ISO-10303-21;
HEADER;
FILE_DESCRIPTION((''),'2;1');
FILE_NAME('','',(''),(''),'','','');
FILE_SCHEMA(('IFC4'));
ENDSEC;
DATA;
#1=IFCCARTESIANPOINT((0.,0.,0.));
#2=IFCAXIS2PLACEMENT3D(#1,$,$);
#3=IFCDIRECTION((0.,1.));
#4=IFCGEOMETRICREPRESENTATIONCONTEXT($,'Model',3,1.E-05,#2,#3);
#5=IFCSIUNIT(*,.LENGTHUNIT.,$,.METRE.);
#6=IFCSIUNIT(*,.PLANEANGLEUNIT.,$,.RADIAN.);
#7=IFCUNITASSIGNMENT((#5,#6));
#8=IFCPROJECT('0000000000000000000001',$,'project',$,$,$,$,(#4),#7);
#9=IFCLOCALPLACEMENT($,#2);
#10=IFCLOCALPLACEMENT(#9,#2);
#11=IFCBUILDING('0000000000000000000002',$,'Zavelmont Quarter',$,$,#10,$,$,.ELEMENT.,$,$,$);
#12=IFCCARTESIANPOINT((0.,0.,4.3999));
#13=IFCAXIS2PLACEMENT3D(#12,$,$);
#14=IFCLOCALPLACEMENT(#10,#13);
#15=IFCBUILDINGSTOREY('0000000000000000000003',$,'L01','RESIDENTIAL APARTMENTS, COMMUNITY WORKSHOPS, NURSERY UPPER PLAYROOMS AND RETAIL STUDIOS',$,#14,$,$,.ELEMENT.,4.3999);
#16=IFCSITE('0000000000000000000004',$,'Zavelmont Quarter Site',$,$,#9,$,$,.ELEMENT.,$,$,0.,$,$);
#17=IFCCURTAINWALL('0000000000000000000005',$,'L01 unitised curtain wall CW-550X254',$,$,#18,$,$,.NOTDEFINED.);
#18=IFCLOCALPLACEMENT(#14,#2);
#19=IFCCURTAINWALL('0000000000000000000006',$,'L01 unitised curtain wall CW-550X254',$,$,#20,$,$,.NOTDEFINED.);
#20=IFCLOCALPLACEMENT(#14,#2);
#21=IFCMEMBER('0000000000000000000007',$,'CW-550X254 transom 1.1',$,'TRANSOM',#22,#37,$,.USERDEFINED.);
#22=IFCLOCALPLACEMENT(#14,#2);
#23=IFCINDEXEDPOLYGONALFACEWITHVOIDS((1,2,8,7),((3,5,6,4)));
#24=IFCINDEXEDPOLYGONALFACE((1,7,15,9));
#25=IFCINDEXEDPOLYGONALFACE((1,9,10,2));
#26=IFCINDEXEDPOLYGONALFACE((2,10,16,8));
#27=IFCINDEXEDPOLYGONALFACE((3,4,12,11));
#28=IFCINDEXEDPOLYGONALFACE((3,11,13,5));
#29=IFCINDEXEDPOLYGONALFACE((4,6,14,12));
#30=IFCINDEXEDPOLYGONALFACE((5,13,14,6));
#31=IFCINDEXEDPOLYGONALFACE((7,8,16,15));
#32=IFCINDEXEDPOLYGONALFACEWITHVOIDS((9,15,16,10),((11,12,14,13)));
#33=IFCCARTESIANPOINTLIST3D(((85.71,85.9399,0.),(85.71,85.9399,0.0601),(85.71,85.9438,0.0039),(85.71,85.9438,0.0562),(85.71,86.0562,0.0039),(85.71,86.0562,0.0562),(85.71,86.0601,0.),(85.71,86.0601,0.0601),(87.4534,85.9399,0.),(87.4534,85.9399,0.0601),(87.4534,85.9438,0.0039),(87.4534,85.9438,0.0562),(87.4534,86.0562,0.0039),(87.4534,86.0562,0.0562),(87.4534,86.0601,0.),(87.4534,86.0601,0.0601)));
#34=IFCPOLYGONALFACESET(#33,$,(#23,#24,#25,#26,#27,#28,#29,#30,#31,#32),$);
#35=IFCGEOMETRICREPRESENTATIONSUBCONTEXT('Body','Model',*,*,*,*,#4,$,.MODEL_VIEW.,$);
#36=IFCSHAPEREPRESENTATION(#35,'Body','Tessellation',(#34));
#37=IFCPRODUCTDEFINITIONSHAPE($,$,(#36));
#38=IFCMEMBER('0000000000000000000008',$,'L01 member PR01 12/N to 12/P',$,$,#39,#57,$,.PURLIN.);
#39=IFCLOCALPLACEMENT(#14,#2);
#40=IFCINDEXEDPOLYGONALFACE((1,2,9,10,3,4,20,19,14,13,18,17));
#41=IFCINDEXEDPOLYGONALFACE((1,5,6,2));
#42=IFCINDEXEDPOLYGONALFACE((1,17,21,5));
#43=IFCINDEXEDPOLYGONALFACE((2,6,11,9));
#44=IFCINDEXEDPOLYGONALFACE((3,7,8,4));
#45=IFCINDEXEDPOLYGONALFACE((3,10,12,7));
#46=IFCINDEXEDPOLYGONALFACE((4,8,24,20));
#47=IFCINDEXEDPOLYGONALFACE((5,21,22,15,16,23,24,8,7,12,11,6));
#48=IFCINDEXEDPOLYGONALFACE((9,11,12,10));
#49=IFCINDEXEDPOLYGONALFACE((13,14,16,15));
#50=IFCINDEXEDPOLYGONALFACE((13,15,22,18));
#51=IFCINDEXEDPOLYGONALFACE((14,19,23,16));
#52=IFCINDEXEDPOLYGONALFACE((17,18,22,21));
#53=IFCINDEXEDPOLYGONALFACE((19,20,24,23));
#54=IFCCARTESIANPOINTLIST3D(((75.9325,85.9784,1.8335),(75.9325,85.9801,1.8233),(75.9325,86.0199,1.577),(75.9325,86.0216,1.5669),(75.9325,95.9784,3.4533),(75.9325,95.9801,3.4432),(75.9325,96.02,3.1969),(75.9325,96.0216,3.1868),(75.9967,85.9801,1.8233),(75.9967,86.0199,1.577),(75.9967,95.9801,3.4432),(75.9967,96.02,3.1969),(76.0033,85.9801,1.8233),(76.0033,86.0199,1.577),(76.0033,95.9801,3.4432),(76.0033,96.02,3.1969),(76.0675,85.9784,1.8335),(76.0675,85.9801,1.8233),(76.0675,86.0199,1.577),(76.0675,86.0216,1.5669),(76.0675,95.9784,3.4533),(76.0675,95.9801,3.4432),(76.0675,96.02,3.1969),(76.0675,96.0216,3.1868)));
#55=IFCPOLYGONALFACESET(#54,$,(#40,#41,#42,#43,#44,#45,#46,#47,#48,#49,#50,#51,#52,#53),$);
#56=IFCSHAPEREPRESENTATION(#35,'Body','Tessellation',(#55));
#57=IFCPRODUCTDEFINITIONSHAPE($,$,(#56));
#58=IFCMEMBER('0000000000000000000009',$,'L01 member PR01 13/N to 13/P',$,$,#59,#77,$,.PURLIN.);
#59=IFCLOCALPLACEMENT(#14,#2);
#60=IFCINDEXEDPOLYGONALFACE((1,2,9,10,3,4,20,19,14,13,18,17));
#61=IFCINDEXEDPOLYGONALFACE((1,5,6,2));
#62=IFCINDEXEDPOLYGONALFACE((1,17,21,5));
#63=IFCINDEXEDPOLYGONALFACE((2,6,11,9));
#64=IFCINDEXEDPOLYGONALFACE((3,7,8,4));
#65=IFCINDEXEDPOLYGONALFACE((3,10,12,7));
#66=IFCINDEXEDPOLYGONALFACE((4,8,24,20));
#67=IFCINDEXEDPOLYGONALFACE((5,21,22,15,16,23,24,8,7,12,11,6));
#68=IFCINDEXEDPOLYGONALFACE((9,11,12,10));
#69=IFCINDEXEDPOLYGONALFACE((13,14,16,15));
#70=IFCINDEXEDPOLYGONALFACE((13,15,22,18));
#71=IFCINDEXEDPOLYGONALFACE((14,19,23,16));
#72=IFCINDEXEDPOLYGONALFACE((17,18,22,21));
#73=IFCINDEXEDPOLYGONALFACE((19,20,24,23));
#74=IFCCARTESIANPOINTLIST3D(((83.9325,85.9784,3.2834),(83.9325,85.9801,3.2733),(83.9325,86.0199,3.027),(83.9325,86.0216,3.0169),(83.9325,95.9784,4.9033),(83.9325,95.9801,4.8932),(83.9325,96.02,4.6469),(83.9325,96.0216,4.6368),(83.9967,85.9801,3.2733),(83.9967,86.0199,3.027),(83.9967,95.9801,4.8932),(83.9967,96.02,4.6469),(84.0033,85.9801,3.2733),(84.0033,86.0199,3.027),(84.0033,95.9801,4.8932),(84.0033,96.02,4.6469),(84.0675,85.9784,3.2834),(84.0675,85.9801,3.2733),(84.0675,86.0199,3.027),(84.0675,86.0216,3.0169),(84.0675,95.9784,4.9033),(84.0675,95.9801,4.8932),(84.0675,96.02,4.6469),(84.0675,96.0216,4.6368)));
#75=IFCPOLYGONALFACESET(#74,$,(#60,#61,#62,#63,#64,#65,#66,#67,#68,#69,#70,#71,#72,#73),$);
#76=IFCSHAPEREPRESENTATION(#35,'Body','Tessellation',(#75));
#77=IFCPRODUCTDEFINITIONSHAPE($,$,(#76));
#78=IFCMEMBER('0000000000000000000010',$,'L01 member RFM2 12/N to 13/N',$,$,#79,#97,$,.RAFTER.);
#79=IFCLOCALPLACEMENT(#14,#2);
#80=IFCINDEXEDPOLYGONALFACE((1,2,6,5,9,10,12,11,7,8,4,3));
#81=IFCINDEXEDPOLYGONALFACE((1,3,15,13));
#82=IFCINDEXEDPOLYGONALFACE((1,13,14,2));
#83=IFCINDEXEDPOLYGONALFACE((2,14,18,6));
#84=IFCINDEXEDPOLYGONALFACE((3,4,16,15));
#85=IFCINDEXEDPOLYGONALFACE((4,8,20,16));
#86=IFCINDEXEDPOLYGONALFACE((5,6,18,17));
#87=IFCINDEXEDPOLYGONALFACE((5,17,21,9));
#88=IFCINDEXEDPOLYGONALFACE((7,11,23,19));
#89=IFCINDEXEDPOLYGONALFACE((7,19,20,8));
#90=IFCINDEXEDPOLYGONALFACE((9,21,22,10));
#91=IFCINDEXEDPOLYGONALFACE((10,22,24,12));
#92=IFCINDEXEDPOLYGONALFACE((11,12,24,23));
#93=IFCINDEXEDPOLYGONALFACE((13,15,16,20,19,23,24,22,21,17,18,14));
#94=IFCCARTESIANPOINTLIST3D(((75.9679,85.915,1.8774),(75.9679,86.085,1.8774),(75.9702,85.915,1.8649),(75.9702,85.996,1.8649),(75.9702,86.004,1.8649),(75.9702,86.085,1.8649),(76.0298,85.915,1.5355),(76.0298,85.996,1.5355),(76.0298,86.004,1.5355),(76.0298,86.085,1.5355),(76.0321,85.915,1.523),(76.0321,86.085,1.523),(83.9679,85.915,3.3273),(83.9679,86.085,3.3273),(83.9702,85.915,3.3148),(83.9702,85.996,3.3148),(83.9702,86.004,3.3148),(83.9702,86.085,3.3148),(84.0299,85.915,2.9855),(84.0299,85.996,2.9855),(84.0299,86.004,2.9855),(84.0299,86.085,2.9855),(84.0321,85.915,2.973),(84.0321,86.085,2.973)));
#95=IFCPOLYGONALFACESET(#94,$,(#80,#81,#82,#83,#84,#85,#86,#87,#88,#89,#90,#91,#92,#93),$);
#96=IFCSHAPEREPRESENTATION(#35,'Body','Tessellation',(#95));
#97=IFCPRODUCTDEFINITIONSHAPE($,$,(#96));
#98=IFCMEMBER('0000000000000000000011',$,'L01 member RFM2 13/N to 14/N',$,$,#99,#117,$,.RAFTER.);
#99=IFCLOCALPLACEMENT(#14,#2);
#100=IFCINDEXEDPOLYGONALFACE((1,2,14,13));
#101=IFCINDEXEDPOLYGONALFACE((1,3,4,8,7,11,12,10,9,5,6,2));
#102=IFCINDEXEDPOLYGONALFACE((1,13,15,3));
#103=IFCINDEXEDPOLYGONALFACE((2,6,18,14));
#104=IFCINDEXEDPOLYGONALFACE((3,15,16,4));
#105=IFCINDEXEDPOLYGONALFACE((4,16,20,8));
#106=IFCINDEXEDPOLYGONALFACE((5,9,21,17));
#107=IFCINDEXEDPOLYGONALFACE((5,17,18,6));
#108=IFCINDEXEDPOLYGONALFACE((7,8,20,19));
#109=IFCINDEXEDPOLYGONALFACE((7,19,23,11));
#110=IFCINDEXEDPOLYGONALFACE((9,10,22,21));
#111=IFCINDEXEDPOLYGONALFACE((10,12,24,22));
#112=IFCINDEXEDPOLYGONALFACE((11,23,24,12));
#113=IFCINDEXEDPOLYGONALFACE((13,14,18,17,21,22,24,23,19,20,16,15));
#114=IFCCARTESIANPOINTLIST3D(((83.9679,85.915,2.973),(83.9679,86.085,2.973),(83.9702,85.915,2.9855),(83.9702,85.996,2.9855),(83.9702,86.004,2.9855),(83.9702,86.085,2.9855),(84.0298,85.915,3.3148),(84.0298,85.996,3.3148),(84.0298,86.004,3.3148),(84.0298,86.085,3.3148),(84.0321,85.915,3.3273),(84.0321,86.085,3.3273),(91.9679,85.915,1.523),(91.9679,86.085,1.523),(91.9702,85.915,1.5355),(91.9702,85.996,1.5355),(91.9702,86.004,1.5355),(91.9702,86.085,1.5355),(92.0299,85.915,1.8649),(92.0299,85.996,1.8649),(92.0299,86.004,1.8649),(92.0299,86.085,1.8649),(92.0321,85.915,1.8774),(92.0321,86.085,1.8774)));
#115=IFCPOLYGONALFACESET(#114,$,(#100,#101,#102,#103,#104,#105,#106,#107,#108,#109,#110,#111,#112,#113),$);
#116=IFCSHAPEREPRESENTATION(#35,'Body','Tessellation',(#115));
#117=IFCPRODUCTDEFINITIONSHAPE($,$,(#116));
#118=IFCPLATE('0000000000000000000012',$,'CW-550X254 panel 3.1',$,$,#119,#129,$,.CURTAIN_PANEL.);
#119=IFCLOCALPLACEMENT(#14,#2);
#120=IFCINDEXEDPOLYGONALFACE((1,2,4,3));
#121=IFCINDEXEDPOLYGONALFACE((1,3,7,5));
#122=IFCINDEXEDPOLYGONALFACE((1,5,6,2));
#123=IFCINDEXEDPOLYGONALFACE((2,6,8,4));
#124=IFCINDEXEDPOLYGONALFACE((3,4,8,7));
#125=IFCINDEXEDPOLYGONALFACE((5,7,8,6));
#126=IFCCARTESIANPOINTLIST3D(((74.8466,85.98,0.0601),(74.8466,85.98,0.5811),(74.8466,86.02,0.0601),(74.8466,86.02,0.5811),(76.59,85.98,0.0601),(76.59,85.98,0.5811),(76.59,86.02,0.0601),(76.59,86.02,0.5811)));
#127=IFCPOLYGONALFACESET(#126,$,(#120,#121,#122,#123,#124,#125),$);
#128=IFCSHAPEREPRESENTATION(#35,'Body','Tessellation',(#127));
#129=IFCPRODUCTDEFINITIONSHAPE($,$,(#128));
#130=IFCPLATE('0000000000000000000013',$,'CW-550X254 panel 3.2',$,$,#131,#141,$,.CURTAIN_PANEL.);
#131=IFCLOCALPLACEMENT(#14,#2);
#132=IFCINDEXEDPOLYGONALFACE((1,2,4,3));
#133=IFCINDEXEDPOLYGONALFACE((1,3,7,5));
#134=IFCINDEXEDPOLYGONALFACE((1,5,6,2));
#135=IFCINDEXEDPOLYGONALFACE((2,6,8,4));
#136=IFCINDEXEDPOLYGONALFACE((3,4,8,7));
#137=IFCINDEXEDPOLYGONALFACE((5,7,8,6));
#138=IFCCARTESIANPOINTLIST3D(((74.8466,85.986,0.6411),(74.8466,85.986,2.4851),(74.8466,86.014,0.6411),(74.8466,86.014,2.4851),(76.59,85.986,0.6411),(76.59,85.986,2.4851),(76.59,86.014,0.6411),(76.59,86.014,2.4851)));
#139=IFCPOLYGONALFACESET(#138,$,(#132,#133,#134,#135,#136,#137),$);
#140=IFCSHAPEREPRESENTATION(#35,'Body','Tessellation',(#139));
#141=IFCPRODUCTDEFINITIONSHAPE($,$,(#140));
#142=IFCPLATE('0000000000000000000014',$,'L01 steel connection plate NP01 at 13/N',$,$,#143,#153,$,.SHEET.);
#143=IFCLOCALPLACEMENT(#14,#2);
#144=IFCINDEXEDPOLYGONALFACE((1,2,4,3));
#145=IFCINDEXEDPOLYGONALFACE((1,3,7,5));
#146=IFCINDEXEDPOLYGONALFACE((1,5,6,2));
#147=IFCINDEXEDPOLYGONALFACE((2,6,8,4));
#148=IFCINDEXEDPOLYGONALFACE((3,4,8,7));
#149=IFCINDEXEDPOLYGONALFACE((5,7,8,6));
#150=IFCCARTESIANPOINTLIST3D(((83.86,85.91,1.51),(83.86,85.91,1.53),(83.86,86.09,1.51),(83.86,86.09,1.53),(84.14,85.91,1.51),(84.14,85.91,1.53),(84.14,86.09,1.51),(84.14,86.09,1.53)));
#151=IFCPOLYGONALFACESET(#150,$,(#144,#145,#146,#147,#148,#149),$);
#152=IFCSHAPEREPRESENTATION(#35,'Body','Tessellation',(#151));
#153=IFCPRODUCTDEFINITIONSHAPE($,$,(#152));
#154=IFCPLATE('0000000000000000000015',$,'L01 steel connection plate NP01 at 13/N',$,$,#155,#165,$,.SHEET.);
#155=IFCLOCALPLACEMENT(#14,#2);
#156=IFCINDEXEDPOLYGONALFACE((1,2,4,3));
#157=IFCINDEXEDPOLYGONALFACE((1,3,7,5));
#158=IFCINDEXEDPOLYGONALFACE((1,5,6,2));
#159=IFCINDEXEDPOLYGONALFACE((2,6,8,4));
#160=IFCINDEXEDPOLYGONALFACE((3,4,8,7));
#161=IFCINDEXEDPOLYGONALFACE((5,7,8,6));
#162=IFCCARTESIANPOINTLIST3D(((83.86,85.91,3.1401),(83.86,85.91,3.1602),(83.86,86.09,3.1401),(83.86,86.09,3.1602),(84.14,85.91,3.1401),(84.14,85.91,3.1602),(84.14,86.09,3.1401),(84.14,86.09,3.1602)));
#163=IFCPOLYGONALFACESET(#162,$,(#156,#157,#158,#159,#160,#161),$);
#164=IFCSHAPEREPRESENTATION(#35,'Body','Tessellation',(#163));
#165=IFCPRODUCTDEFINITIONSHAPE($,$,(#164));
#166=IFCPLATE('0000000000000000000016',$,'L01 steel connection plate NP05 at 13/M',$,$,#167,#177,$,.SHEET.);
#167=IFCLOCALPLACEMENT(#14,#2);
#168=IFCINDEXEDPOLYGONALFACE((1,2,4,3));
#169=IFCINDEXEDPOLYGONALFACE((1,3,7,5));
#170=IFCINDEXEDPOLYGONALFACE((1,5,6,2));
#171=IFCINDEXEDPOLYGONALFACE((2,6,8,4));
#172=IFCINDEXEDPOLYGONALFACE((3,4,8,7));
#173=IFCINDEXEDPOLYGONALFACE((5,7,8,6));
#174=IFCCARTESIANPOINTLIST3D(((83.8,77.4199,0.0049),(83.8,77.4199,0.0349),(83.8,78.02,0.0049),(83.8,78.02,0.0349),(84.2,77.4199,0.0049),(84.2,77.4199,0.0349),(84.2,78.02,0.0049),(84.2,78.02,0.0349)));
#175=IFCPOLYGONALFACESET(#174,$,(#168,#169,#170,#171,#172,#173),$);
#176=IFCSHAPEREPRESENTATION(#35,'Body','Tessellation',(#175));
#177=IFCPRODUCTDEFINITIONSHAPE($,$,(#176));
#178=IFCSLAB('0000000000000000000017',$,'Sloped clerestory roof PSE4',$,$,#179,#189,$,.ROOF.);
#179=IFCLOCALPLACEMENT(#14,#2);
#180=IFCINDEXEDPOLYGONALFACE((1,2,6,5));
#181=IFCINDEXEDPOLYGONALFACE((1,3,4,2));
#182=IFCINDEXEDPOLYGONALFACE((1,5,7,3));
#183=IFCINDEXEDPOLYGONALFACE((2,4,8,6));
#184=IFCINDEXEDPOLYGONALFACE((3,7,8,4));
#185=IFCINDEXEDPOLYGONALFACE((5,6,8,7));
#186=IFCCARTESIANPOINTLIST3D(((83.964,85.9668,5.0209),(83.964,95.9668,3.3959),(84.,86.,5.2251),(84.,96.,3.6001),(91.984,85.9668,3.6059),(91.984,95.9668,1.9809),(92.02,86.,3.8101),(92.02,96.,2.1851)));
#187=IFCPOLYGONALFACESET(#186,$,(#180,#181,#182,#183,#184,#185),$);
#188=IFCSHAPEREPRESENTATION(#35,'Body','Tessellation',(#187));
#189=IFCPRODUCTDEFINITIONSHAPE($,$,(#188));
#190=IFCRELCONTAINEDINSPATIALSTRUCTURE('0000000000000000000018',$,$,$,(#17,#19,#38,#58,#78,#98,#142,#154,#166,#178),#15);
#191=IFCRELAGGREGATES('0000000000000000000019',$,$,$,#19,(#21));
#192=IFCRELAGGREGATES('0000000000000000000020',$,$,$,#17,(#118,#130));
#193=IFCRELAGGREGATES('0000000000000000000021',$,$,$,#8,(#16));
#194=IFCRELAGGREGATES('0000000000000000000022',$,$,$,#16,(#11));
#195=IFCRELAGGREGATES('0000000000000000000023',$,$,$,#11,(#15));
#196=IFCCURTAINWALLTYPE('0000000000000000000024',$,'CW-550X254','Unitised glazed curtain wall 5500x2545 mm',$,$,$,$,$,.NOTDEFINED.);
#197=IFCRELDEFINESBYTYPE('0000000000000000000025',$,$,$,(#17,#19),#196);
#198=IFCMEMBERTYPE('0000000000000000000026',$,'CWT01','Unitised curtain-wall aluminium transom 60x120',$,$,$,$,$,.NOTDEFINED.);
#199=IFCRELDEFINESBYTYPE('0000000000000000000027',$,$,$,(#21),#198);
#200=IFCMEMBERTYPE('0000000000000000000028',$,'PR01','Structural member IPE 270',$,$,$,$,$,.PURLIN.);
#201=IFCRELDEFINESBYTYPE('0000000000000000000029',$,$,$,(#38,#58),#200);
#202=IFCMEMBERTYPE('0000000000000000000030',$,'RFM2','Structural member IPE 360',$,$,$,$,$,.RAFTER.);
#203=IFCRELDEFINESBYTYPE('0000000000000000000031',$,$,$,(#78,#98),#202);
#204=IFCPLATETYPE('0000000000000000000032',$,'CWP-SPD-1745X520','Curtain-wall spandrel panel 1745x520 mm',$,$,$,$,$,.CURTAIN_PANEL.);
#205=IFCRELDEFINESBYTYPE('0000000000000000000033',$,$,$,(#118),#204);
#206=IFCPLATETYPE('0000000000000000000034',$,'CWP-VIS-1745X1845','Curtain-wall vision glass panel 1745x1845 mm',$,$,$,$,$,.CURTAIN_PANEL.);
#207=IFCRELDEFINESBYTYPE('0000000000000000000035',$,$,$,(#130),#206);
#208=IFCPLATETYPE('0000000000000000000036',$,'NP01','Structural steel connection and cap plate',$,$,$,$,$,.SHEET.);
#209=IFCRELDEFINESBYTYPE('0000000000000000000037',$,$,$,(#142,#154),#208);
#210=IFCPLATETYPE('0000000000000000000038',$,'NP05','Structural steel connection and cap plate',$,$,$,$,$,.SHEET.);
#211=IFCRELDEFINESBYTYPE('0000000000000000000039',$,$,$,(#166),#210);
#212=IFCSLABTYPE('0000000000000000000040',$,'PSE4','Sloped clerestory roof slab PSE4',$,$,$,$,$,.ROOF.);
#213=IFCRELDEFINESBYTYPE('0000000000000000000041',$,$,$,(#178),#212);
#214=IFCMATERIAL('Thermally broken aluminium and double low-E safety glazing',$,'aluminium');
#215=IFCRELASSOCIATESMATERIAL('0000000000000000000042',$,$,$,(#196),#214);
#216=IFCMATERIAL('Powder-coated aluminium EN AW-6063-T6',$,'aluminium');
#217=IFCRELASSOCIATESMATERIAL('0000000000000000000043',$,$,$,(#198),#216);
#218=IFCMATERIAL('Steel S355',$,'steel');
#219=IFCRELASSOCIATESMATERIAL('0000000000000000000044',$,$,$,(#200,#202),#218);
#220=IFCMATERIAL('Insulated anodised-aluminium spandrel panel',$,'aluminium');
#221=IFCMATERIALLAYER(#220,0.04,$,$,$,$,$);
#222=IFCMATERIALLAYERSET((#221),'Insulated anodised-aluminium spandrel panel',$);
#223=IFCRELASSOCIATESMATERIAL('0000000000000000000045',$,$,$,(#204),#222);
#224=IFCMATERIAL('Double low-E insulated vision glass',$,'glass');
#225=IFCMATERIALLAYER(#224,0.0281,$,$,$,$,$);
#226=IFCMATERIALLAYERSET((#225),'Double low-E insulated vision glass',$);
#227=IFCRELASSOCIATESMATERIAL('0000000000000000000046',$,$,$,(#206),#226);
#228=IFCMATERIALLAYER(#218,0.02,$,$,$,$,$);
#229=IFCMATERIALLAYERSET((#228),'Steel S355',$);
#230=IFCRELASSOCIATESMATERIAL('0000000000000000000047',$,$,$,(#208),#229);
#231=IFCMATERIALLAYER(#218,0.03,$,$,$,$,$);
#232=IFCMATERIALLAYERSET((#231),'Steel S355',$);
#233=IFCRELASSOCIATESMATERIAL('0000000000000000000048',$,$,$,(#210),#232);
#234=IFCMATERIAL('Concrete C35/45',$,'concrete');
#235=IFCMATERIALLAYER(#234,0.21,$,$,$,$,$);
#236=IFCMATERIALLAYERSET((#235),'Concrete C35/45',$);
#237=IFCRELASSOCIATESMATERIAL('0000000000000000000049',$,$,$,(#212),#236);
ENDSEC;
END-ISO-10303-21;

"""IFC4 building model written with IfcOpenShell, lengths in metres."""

from ifc_helpers import new_model, si_unit, direction, frame, origin, origin_2d, place, context, subcontext, project, spatial, polyline, rectangle, hollow_rectangle, i_section, outline, extrude, material, layer, layer_set, material_profile, profile_set, type_object, element, aggregate, save


model = new_model("IFC4")

# Units and contexts
model_context = context("Model", 3, precision=1e-05, world=origin(), true_north=direction((0.0, 1.0)))
body_context = subcontext(model_context, "Body", "Model", "MODEL_VIEW")
ifc_project = project(units=[si_unit("LENGTHUNIT", "METRE"), si_unit("PLANEANGLEUNIT", "RADIAN")], contexts=[model_context])

# Site, building, storey
site_placement = place(None, origin())
site = spatial("IfcSite", under=ifc_project, at=site_placement, Name="Zavelmont Quarter Site", CompositionType="ELEMENT", RefElevation=0.0)
building_placement = place(site_placement, origin())
building = spatial("IfcBuilding", under=site, at=building_placement, Name="Zavelmont Quarter", CompositionType="ELEMENT")
storey_placement = place(building_placement, frame((0.0, 0.0, 4.3999)))
storey = spatial("IfcBuildingStorey", under=building, at=storey_placement, Name="L01", Description="RESIDENTIAL APARTMENTS, COMMUNITY WORKSHOPS, NURSERY UPPER PLAYROOMS AND RETAIL STUDIOS", CompositionType="ELEMENT", Elevation=4.3999)

# Shared definitions
ifc_material_1 = material(Name="Steel S355", Category="steel")

# Curtain wall
ifc_material_2 = material(Name="Thermally broken aluminium and double low-E safety glazing", Category="aluminium")
curtain_wall_type = type_object("IfcCurtainWallType", Name="CW-550X254", Description="Unitised glazed curtain wall 5500x2545 mm", PredefinedType="NOTDEFINED", material=ifc_material_2)
curtain_wall_1_placement = place(storey_placement, origin())
curtain_wall_1 = element("IfcCurtainWall", 1, at=curtain_wall_1_placement, inside=storey, type_object=curtain_wall_type, Name="L01 unitised curtain wall CW-550X254", PredefinedType="NOTDEFINED")
ifc_material_3 = material(Name="Powder-coated aluminium EN AW-6063-T6", Category="aluminium")

# Curtain wall
curtain_wall_2_placement = place(storey_placement, origin())
curtain_wall_2 = element("IfcCurtainWall", 2, at=curtain_wall_2_placement, inside=storey, type_object=curtain_wall_type, Name="L01 unitised curtain wall CW-550X254", PredefinedType="NOTDEFINED")

# Member
ifc_material_profile_1 = material_profile(ifc_material_3, hollow_rectangle(XDim=0.1201, YDim=0.0601, WallThickness=0.0039, at=origin_2d()), Name="CWT60X120")
ifc_profile_set_1 = profile_set([ifc_material_profile_1], Name="Powder-coated aluminium EN AW-6063-T6")
member_type_1 = type_object("IfcMemberType", Name="CWT01", Description="Unitised curtain-wall aluminium transom 60x120", PredefinedType="NOTDEFINED", material=ifc_profile_set_1)
member_1_placement = place(storey_placement, frame((85.71, 86.0, 0.03), z_axis=(1.0, 0.0, 0.0), x_axis=(0.0, 1.0, 0.0)))
member_1 = element("IfcMember", 3, at=member_1_placement, type_object=member_type_1, Name="CW-550X254 transom 1.1", ObjectType="TRANSOM", PredefinedType="USERDEFINED", context=body_context, shape_type="SweptSolid", body=[
    extrude(hollow_rectangle(XDim=0.1201, YDim=0.0601, WallThickness=0.0039, at=origin_2d()), origin(), (0.0, 0.0, 1.0), 1.7434),
])
aggregate(curtain_wall_2, [member_1])

# Members
ifc_material_profile_2 = material_profile(ifc_material_1, i_section(OverallWidth=0.135, OverallDepth=0.27, WebThickness=0.0066, FlangeThickness=0.0103, at=origin_2d()), Name="IPE 270")
ifc_profile_set_2 = profile_set([ifc_material_profile_2], Name="Steel S355")
member_type_2 = type_object("IfcMemberType", Name="PR01", Description="Structural member IPE 270", PredefinedType="PURLIN", material=ifc_profile_set_2)
for number, where, z_axis, x_axis, name in (
    (4, (76.0, 86.0, 1.7002), (0.0, 0.987133, 0.159903), (-1.0, 0.0, 0.0), "L01 member PR01 12/N to 12/P"),
    (5, (84.0, 86.0, 3.1501), (0.0, 0.987133, 0.159903), (-1.0, 0.0, 0.0), "L01 member PR01 13/N to 13/P"),
):
    element("IfcMember", number, at=place(storey_placement, frame(where, z_axis=z_axis, x_axis=x_axis)), inside=storey, type_object=member_type_2, Name=name, PredefinedType="PURLIN", context=body_context, shape_type="SweptSolid", body=[
        extrude(i_section(OverallWidth=0.135, OverallDepth=0.27, WebThickness=0.0066, FlangeThickness=0.0103, at=origin_2d()), origin(), (0.0, 0.0, 1.0), 10.1304),
    ])
ifc_material_profile_3 = material_profile(ifc_material_1, i_section(OverallWidth=0.1699, OverallDepth=0.3601, WebThickness=0.0081, FlangeThickness=0.0127, at=origin_2d()), Name="IPE 360")
ifc_profile_set_3 = profile_set([ifc_material_profile_3], Name="Steel S355")
member_type_3 = type_object("IfcMemberType", Name="RFM2", Description="Structural member IPE 360", PredefinedType="RAFTER", material=ifc_profile_set_3)
for number, where, z_axis, x_axis, name in (
    (6, (76.0, 86.0, 1.7002), (0.983969, 0.0, 0.178338), (0.0, 1.0, 0.0), "L01 member RFM2 12/N to 13/N"),
    (7, (84.0, 86.0, 3.1501), (0.983969, 0.0, -0.178338), (0.0, 1.0, 0.0), "L01 member RFM2 13/N to 14/N"),
):
    element("IfcMember", number, at=place(storey_placement, frame(where, z_axis=z_axis, x_axis=x_axis)), inside=storey, type_object=member_type_3, Name=name, PredefinedType="RAFTER", context=body_context, shape_type="SweptSolid", body=[
        extrude(i_section(OverallWidth=0.1699, OverallDepth=0.3601, WebThickness=0.0081, FlangeThickness=0.0127, at=origin_2d()), origin(), (0.0, 0.0, 1.0), 8.1304),
    ])

# Plates
ifc_material_4 = material(Name="Insulated anodised-aluminium spandrel panel", Category="aluminium")
ifc_layer_1 = layer(ifc_material_4, 0.04)
ifc_layer_set_1 = layer_set([ifc_layer_1], Name="Insulated anodised-aluminium spandrel panel")
plate_type_1 = type_object("IfcPlateType", Name="CWP-SPD-1745X520", Description="Curtain-wall spandrel panel 1745x520 mm", PredefinedType="CURTAIN_PANEL", material=ifc_layer_set_1)
plate_1_placement = place(storey_placement, frame((75.7183, 86.0, 0.0601), z_axis=(0.0, 0.0, 1.0), x_axis=(1.0, 0.0, 0.0)))
plate_1 = element("IfcPlate", 8, at=plate_1_placement, type_object=plate_type_1, Name="CW-550X254 panel 3.1", PredefinedType="CURTAIN_PANEL", context=body_context, shape_type="SweptSolid", body=[
    extrude(rectangle(XDim=1.7434, YDim=0.04, at=origin_2d()), origin(), (0.0, 0.0, 1.0), 0.521),
])
ifc_material_5 = material(Name="Double low-E insulated vision glass", Category="glass")
ifc_layer_2 = layer(ifc_material_5, 0.0281)
ifc_layer_set_2 = layer_set([ifc_layer_2], Name="Double low-E insulated vision glass")
plate_type_2 = type_object("IfcPlateType", Name="CWP-VIS-1745X1845", Description="Curtain-wall vision glass panel 1745x1845 mm", PredefinedType="CURTAIN_PANEL", material=ifc_layer_set_2)
plate_2_placement = place(storey_placement, frame((75.7183, 86.0, 0.6411), z_axis=(0.0, 0.0, 1.0), x_axis=(1.0, 0.0, 0.0)))
plate_2 = element("IfcPlate", 9, at=plate_2_placement, type_object=plate_type_2, Name="CW-550X254 panel 3.2", PredefinedType="CURTAIN_PANEL", context=body_context, shape_type="SweptSolid", body=[
    extrude(rectangle(XDim=1.7434, YDim=0.0281, at=origin_2d()), origin(), (0.0, 0.0, 1.0), 1.844),
])
aggregate(curtain_wall_1, [plate_1, plate_2])

# Plates
ifc_layer_3 = layer(ifc_material_1, 0.02)
ifc_layer_set_3 = layer_set([ifc_layer_3], Name="Steel S355")
plate_type_3 = type_object("IfcPlateType", Name="NP01", Description="Structural steel connection and cap plate", PredefinedType="SHEET", material=ifc_layer_set_3)
for number, where, z_axis, x_axis, name in (
    (10, (84.0, 86.0, 1.51), (0.0, 0.0, 1.0), (1.0, 0.0, 0.0), "L01 steel connection plate NP01 at 13/N"),
    (11, (84.0, 86.0, 3.1401), (0.0, 0.0, 1.0), (1.0, 0.0, 0.0), "L01 steel connection plate NP01 at 13/N"),
):
    element("IfcPlate", number, at=place(storey_placement, frame(where, z_axis=z_axis, x_axis=x_axis)), inside=storey, type_object=plate_type_3, Name=name, PredefinedType="SHEET", context=body_context, shape_type="SweptSolid", body=[
        extrude(rectangle(XDim=0.28, YDim=0.1799, at=origin_2d()), origin(), (0.0, 0.0, 1.0), 0.02),
    ])
ifc_layer_4 = layer(ifc_material_1, 0.03)
ifc_layer_set_4 = layer_set([ifc_layer_4], Name="Steel S355")
plate_type_4 = type_object("IfcPlateType", Name="NP05", Description="Structural steel connection and cap plate", PredefinedType="SHEET", material=ifc_layer_set_4)
plate_3_placement = place(storey_placement, frame((84.0, 77.72, 0.0049), z_axis=(0.0, 0.0, 1.0), x_axis=(0.0, 1.0, 0.0)))
element("IfcPlate", 12, at=plate_3_placement, inside=storey, type_object=plate_type_4, Name="L01 steel connection plate NP05 at 13/M", PredefinedType="SHEET", context=body_context, shape_type="SweptSolid", body=[
    extrude(rectangle(XDim=0.6001, YDim=0.3999, at=origin_2d()), origin(), (0.0, 0.0, 1.0), 0.03),
])

# Slab
ifc_material_6 = material(Name="Concrete C35/45", Category="concrete")
ifc_layer_5 = layer(ifc_material_6, 0.21)
ifc_layer_set_5 = layer_set([ifc_layer_5], Name="Concrete C35/45")
slab_type_1 = type_object("IfcSlabType", Name="PSE4", Description="Sloped clerestory roof slab PSE4", PredefinedType="ROOF", material=ifc_layer_set_5)
slab_1_placement = place(storey_placement, frame((84.0, 86.0, 5.2251), z_axis=(0.171572, 0.158018, 0.972416), x_axis=(0.984789, 0.0, -0.173755)))
element("IfcSlab", 13, at=slab_1_placement, inside=storey, type_object=slab_type_1, Name="Sloped clerestory roof PSE4", PredefinedType="ROOF", context=body_context, shape_type="SweptSolid", body=[
    extrude(outline(polyline([(0.0, 0.0), (8.1439, 0.0), (8.4262, 10.1272), (0.2824, 10.1272), (0.0, 0.0)])), origin(), (0.0, 0.0, -1.0), 0.21),
])

save(model, "model.ifc")
